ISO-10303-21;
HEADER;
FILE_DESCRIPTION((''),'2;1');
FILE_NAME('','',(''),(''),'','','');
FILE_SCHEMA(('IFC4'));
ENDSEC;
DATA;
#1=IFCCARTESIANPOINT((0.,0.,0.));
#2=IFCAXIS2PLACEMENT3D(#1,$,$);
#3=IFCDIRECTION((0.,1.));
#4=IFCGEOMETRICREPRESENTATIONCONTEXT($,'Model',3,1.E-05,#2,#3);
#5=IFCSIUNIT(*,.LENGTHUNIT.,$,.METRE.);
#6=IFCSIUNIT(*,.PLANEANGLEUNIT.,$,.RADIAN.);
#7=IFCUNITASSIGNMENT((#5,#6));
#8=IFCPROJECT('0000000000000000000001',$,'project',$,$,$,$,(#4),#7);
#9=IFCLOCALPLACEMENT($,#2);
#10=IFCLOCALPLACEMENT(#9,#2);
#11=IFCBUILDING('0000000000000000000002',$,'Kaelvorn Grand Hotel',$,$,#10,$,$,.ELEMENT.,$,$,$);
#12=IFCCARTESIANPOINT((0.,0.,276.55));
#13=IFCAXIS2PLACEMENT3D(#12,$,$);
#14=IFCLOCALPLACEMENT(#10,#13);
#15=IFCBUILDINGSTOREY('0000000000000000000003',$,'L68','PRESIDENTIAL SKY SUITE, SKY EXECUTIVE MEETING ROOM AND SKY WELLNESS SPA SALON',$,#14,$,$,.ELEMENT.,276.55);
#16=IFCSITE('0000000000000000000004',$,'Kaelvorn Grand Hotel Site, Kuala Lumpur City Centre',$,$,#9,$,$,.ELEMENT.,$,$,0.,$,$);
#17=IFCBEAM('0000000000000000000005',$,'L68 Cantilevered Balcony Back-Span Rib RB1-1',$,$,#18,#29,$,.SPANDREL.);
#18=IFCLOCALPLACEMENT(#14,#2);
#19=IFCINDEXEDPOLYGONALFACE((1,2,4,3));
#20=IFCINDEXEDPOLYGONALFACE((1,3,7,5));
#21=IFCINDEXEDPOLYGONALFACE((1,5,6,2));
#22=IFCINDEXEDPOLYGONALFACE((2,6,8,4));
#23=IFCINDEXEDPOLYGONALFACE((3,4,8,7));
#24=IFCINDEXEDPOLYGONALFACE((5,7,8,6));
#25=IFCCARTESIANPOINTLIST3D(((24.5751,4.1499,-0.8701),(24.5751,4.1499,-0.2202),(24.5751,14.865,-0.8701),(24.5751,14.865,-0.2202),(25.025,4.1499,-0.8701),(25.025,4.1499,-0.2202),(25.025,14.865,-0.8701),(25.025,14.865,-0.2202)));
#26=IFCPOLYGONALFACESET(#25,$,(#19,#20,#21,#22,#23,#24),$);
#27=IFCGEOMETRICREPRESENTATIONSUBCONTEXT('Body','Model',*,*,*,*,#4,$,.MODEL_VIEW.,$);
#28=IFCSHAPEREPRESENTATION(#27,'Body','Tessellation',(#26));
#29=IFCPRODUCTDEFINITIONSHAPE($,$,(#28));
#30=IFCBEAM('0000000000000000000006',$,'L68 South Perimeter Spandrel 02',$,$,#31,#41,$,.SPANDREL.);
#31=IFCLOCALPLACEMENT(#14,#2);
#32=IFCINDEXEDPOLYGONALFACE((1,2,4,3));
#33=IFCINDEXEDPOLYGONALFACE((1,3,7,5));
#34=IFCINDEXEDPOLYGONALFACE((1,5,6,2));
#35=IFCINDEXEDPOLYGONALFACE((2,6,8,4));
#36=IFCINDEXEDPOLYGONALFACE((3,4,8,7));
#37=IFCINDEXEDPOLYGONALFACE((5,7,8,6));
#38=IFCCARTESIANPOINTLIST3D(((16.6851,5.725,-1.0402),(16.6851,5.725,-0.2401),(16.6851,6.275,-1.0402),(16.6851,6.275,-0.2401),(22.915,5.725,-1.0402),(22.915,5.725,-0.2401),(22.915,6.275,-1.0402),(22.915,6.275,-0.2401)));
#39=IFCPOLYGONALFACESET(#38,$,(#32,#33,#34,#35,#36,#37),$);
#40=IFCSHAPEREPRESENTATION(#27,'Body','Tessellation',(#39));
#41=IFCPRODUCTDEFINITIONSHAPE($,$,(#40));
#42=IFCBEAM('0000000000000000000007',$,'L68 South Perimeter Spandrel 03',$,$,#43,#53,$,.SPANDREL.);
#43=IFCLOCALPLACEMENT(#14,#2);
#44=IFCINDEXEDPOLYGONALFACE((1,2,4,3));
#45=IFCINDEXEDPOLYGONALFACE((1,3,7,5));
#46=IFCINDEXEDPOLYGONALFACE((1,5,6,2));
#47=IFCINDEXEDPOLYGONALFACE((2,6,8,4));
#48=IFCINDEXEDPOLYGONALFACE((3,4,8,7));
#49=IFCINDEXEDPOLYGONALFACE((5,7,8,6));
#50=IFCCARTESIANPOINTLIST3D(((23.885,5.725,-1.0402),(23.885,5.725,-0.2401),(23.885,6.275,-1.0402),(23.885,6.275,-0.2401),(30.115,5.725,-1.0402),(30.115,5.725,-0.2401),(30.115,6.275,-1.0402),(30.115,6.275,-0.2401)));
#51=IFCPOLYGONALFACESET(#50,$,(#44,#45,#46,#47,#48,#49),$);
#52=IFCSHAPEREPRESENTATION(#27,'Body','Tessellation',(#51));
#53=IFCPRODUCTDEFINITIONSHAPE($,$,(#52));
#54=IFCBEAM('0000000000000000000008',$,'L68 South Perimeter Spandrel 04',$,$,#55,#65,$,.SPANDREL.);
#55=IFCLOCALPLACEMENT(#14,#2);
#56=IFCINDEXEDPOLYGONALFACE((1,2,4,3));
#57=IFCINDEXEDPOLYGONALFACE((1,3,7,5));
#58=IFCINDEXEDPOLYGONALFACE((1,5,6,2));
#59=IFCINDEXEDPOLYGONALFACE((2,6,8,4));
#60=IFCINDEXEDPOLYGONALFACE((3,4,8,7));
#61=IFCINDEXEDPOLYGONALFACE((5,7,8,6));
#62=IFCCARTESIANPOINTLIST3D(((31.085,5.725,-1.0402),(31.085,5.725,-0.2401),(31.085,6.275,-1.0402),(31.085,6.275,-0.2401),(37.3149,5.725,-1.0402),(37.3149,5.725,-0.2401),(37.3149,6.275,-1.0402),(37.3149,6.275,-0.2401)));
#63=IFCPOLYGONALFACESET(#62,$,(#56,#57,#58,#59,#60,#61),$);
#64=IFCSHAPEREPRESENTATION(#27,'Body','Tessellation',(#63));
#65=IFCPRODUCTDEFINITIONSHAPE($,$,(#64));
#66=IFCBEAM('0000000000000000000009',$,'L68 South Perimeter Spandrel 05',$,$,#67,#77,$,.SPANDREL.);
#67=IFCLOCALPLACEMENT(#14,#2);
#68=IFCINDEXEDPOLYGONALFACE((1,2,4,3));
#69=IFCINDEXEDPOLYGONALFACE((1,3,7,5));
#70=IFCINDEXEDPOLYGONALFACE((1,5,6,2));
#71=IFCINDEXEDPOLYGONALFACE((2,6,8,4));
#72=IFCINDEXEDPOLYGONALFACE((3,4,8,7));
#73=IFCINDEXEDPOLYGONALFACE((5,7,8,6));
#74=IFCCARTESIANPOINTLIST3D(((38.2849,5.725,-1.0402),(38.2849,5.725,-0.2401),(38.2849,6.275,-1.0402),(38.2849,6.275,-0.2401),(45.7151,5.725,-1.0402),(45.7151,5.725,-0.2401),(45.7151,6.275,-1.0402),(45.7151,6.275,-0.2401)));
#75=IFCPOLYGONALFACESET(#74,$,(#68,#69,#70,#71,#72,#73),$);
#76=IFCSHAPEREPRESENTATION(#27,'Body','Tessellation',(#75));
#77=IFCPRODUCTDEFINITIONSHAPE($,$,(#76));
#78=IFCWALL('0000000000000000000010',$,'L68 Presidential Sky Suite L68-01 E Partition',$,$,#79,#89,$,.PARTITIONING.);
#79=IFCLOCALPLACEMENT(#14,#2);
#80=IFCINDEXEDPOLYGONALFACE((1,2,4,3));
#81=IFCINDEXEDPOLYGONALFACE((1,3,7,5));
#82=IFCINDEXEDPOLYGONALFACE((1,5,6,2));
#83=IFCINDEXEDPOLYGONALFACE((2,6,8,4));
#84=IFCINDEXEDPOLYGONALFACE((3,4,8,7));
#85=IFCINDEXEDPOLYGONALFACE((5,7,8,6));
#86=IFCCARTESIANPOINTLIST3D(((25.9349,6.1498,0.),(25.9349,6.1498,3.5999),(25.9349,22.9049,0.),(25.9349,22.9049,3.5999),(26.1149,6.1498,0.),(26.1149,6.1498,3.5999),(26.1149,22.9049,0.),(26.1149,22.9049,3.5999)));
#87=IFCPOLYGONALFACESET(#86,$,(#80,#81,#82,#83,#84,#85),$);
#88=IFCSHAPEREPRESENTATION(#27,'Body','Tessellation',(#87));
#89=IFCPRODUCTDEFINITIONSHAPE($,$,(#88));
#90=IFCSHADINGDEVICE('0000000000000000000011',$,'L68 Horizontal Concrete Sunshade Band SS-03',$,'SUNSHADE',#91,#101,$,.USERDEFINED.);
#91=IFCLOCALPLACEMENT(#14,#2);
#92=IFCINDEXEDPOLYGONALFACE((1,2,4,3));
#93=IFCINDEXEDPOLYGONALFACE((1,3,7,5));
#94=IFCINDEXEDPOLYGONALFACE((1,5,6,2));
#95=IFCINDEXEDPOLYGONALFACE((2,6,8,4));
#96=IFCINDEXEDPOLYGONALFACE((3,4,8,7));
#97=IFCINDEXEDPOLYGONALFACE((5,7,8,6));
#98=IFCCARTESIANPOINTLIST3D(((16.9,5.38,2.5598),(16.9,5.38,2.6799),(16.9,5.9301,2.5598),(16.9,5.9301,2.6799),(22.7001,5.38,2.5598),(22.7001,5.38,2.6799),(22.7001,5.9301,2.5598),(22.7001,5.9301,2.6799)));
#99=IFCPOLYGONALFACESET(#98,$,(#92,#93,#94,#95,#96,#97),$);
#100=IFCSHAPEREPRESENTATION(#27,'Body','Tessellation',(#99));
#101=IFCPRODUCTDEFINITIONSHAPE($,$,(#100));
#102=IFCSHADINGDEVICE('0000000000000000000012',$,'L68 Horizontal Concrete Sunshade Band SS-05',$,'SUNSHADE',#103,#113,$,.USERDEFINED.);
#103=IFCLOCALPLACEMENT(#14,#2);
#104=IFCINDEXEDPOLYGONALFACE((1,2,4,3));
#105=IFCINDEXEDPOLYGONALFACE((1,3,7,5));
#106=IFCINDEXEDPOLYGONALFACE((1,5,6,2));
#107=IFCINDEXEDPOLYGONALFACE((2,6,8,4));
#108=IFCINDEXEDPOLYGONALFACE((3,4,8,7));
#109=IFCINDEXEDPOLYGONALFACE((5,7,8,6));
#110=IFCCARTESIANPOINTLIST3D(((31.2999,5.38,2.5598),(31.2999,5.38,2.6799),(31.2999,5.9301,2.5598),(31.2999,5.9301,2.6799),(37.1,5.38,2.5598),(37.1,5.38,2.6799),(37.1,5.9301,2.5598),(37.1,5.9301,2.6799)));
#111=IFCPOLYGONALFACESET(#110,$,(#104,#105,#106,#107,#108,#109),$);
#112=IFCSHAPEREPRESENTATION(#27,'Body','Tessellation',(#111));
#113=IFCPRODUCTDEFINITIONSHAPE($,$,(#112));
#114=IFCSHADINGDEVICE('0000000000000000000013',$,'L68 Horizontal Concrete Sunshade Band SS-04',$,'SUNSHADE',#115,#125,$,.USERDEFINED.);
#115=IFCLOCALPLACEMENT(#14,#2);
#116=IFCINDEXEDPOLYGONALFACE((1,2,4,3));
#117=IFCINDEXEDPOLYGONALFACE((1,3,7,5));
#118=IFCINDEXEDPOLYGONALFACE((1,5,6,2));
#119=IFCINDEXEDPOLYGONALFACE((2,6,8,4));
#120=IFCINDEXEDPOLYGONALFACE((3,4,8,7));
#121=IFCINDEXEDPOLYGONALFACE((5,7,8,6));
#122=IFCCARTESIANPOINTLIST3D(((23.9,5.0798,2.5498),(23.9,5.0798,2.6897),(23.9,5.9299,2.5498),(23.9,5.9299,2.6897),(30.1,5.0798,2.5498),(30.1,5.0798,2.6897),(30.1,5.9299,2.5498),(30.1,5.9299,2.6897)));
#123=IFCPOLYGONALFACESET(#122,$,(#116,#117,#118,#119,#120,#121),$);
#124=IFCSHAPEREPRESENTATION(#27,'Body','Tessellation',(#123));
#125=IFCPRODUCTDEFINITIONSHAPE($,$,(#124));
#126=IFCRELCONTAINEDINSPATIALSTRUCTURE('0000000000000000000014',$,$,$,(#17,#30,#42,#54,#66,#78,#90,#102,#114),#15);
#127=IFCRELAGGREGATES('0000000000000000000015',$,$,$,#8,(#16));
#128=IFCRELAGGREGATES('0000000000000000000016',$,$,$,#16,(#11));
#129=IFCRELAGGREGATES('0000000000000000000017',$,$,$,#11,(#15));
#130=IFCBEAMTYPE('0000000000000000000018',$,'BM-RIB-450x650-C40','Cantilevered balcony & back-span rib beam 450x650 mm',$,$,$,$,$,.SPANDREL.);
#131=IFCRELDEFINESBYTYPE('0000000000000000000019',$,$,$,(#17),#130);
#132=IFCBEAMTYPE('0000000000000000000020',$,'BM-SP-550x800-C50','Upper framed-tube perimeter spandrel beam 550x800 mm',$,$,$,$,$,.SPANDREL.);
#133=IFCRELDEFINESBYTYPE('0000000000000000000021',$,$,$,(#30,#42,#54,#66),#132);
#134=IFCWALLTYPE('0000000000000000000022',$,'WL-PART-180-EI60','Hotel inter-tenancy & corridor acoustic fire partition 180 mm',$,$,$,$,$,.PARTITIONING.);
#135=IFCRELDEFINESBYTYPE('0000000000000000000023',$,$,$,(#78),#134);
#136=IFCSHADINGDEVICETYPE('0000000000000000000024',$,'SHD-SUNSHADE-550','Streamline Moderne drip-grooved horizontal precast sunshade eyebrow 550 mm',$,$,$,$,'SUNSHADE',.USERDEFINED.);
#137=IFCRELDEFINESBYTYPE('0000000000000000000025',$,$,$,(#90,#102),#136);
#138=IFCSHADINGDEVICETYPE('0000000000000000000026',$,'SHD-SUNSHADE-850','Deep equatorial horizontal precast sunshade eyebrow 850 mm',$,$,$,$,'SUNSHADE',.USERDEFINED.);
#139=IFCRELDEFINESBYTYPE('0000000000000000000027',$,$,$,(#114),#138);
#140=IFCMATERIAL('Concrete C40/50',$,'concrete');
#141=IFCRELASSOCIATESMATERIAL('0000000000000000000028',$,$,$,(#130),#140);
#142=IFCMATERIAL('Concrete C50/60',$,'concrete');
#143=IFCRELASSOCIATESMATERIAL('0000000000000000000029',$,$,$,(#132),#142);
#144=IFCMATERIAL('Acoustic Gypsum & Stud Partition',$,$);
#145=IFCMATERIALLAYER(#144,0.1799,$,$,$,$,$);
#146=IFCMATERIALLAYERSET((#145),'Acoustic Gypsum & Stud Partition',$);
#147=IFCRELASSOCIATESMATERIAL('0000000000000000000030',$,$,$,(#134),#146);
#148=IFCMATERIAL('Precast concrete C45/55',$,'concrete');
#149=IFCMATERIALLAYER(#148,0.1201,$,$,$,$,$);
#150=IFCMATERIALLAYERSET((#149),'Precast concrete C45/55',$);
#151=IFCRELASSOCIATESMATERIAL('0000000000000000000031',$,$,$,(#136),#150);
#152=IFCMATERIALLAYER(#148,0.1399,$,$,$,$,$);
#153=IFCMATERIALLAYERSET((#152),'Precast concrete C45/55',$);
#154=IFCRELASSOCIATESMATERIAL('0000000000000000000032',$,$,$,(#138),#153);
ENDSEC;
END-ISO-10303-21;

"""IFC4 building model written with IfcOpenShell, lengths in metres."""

from ifc_helpers import new_model, si_unit, direction, frame, frame_2d, origin, origin_2d, place, context, subcontext, project, spatial, rectangle, extrude, material, layer, layer_set, material_profile, profile_set, type_object, element, save


model = new_model("IFC4")

# Units and contexts
model_context = context("Model", 3, precision=1e-05, world=origin(), true_north=direction((0.0, 1.0)))
body_context = subcontext(model_context, "Body", "Model", "MODEL_VIEW")
ifc_project = project(units=[si_unit("LENGTHUNIT", "METRE"), si_unit("PLANEANGLEUNIT", "RADIAN")], contexts=[model_context])

# Site, building, storey
site_placement = place(None, origin())
site = spatial("IfcSite", under=ifc_project, at=site_placement, Name="Kaelvorn Grand Hotel Site, Kuala Lumpur City Centre", CompositionType="ELEMENT", RefElevation=0.0)
building_placement = place(site_placement, origin())
building = spatial("IfcBuilding", under=site, at=building_placement, Name="Kaelvorn Grand Hotel", CompositionType="ELEMENT")
storey_placement = place(building_placement, frame((0.0, 0.0, 276.55)))
storey = spatial("IfcBuildingStorey", under=building, at=storey_placement, Name="L68", Description="PRESIDENTIAL SKY SUITE, SKY EXECUTIVE MEETING ROOM AND SKY WELLNESS SPA SALON", CompositionType="ELEMENT", Elevation=276.55)

# Shared definitions
ifc_material_1 = material(Name="Concrete C50/60", Category="concrete")

# Beams
ifc_material_2 = material(Name="Concrete C40/50", Category="concrete")
ifc_material_profile_1 = material_profile(ifc_material_2, rectangle(XDim=0.45, YDim=0.6499, at=origin_2d()), Name="RC RIB 450x650")
ifc_profile_set_1 = profile_set([ifc_material_profile_1], Name="Concrete C40/50")
beam_type_1 = type_object("IfcBeamType", Name="BM-RIB-450x650-C40", Description="Cantilevered balcony & back-span rib beam 450x650 mm", PredefinedType="SPANDREL", material=ifc_profile_set_1)
beam_1_placement = place(storey_placement, frame((24.8, 4.1499, -0.5452), z_axis=(0.0, 1.0, 0.0), x_axis=(-1.0, 0.0, 0.0)))
element("IfcBeam", 1, at=beam_1_placement, inside=storey, type_object=beam_type_1, Name="L68 Cantilevered Balcony Back-Span Rib RB1-1", PredefinedType="SPANDREL", context=body_context, shape_type="SweptSolid", body=[
    extrude(rectangle(XDim=0.45, YDim=0.6499, at=origin_2d()), origin(), (0.0, 0.0, 1.0), 10.7151),
])
ifc_material_profile_2 = material_profile(ifc_material_1, rectangle(XDim=0.55, YDim=0.8, at=origin_2d()), Name="RC SPANDREL 550x800")
ifc_profile_set_2 = profile_set([ifc_material_profile_2], Name="Concrete C50/60")
beam_type_2 = type_object("IfcBeamType", Name="BM-SP-550x800-C50", Description="Upper framed-tube perimeter spandrel beam 550x800 mm", PredefinedType="SPANDREL", material=ifc_profile_set_2)
for number, where, z_axis, x_axis, name in (
    (2, (16.6851, 6.0, -0.6401), (1.0, 0.0, 0.0), (0.0, 1.0, 0.0), "L68 South Perimeter Spandrel 02"),
    (3, (23.885, 6.0, -0.6401), (1.0, 0.0, 0.0), (0.0, 1.0, 0.0), "L68 South Perimeter Spandrel 03"),
    (4, (31.085, 6.0, -0.6401), (1.0, 0.0, 0.0), (0.0, 1.0, 0.0), "L68 South Perimeter Spandrel 04"),
):
    element("IfcBeam", number, at=place(storey_placement, frame(where, z_axis=z_axis, x_axis=x_axis)), inside=storey, type_object=beam_type_2, Name=name, PredefinedType="SPANDREL", context=body_context, shape_type="SweptSolid", body=[
        extrude(rectangle(XDim=0.55, YDim=0.8, at=origin_2d()), origin(), (0.0, 0.0, 1.0), 6.23),
    ])
beam_2_placement = place(storey_placement, frame((38.2849, 6.0, -0.6401), z_axis=(1.0, 0.0, 0.0), x_axis=(0.0, 1.0, 0.0)))
element("IfcBeam", 5, at=beam_2_placement, inside=storey, type_object=beam_type_2, Name="L68 South Perimeter Spandrel 05", PredefinedType="SPANDREL", context=body_context, shape_type="SweptSolid", body=[
    extrude(rectangle(XDim=0.55, YDim=0.8, at=origin_2d()), origin(), (0.0, 0.0, 1.0), 7.4302),
])

# Wall
ifc_material_3 = material(Name="Acoustic Gypsum & Stud Partition")
ifc_layer_1 = layer(ifc_material_3, 0.1799)
ifc_layer_set_1 = layer_set([ifc_layer_1], Name="Acoustic Gypsum & Stud Partition")
wall_type = type_object("IfcWallType", Name="WL-PART-180-EI60", Description="Hotel inter-tenancy & corridor acoustic fire partition 180 mm", PredefinedType="PARTITIONING", material=ifc_layer_set_1)
wall_placement = place(storey_placement, frame((26.0249, 6.1499, 0.0), z_axis=(0.0, 0.0, 1.0), x_axis=(0.0, 1.0, 0.0)))
element("IfcWall", 6, at=wall_placement, inside=storey, type_object=wall_type, Name="L68 Presidential Sky Suite L68-01 E Partition", PredefinedType="PARTITIONING", context=body_context, shape_type="SweptSolid", body=[
    extrude(rectangle(XDim=16.7551, YDim=0.1799, at=frame_2d((8.3774, 0.0))), origin(), (0.0, 0.0, 1.0), 3.5999),
])

# Shading devices
ifc_material_4 = material(Name="Precast concrete C45/55", Category="concrete")
ifc_layer_2 = layer(ifc_material_4, 0.1201)
ifc_layer_set_2 = layer_set([ifc_layer_2], Name="Precast concrete C45/55")
shading_device_type_1 = type_object("IfcShadingDeviceType", Name="SHD-SUNSHADE-550", Description="Streamline Moderne drip-grooved horizontal precast sunshade eyebrow 550 mm", ElementType="SUNSHADE", PredefinedType="USERDEFINED", material=ifc_layer_set_2)
for number, where, z_axis, x_axis, name in (
    (7, (19.8, 5.655, 2.5598), (0.0, 0.0, 1.0), (1.0, 0.0, 0.0), "L68 Horizontal Concrete Sunshade Band SS-03"),
    (8, (34.2, 5.655, 2.5598), (0.0, 0.0, 1.0), (1.0, 0.0, 0.0), "L68 Horizontal Concrete Sunshade Band SS-05"),
):
    element("IfcShadingDevice", number, at=place(storey_placement, frame(where, z_axis=z_axis, x_axis=x_axis)), inside=storey, type_object=shading_device_type_1, Name=name, ObjectType="SUNSHADE", PredefinedType="USERDEFINED", context=body_context, shape_type="SweptSolid", body=[
        extrude(rectangle(XDim=5.8, YDim=0.55, at=origin_2d()), origin(), (0.0, 0.0, 1.0), 0.1201),
    ])
ifc_layer_3 = layer(ifc_material_4, 0.1399)
ifc_layer_set_3 = layer_set([ifc_layer_3], Name="Precast concrete C45/55")
shading_device_type_2 = type_object("IfcShadingDeviceType", Name="SHD-SUNSHADE-850", Description="Deep equatorial horizontal precast sunshade eyebrow 850 mm", ElementType="SUNSHADE", PredefinedType="USERDEFINED", material=ifc_layer_set_3)
shading_device_placement = place(storey_placement, frame((27.0, 5.5049, 2.5498), z_axis=(0.0, 0.0, 1.0), x_axis=(1.0, 0.0, 0.0)))
element("IfcShadingDevice", 9, at=shading_device_placement, inside=storey, type_object=shading_device_type_2, Name="L68 Horizontal Concrete Sunshade Band SS-04", ObjectType="SUNSHADE", PredefinedType="USERDEFINED", context=body_context, shape_type="SweptSolid", body=[
    extrude(rectangle(XDim=6.2, YDim=0.8501, at=origin_2d()), origin(), (0.0, 0.0, 1.0), 0.1399),
])

save(model, "model.ifc")
